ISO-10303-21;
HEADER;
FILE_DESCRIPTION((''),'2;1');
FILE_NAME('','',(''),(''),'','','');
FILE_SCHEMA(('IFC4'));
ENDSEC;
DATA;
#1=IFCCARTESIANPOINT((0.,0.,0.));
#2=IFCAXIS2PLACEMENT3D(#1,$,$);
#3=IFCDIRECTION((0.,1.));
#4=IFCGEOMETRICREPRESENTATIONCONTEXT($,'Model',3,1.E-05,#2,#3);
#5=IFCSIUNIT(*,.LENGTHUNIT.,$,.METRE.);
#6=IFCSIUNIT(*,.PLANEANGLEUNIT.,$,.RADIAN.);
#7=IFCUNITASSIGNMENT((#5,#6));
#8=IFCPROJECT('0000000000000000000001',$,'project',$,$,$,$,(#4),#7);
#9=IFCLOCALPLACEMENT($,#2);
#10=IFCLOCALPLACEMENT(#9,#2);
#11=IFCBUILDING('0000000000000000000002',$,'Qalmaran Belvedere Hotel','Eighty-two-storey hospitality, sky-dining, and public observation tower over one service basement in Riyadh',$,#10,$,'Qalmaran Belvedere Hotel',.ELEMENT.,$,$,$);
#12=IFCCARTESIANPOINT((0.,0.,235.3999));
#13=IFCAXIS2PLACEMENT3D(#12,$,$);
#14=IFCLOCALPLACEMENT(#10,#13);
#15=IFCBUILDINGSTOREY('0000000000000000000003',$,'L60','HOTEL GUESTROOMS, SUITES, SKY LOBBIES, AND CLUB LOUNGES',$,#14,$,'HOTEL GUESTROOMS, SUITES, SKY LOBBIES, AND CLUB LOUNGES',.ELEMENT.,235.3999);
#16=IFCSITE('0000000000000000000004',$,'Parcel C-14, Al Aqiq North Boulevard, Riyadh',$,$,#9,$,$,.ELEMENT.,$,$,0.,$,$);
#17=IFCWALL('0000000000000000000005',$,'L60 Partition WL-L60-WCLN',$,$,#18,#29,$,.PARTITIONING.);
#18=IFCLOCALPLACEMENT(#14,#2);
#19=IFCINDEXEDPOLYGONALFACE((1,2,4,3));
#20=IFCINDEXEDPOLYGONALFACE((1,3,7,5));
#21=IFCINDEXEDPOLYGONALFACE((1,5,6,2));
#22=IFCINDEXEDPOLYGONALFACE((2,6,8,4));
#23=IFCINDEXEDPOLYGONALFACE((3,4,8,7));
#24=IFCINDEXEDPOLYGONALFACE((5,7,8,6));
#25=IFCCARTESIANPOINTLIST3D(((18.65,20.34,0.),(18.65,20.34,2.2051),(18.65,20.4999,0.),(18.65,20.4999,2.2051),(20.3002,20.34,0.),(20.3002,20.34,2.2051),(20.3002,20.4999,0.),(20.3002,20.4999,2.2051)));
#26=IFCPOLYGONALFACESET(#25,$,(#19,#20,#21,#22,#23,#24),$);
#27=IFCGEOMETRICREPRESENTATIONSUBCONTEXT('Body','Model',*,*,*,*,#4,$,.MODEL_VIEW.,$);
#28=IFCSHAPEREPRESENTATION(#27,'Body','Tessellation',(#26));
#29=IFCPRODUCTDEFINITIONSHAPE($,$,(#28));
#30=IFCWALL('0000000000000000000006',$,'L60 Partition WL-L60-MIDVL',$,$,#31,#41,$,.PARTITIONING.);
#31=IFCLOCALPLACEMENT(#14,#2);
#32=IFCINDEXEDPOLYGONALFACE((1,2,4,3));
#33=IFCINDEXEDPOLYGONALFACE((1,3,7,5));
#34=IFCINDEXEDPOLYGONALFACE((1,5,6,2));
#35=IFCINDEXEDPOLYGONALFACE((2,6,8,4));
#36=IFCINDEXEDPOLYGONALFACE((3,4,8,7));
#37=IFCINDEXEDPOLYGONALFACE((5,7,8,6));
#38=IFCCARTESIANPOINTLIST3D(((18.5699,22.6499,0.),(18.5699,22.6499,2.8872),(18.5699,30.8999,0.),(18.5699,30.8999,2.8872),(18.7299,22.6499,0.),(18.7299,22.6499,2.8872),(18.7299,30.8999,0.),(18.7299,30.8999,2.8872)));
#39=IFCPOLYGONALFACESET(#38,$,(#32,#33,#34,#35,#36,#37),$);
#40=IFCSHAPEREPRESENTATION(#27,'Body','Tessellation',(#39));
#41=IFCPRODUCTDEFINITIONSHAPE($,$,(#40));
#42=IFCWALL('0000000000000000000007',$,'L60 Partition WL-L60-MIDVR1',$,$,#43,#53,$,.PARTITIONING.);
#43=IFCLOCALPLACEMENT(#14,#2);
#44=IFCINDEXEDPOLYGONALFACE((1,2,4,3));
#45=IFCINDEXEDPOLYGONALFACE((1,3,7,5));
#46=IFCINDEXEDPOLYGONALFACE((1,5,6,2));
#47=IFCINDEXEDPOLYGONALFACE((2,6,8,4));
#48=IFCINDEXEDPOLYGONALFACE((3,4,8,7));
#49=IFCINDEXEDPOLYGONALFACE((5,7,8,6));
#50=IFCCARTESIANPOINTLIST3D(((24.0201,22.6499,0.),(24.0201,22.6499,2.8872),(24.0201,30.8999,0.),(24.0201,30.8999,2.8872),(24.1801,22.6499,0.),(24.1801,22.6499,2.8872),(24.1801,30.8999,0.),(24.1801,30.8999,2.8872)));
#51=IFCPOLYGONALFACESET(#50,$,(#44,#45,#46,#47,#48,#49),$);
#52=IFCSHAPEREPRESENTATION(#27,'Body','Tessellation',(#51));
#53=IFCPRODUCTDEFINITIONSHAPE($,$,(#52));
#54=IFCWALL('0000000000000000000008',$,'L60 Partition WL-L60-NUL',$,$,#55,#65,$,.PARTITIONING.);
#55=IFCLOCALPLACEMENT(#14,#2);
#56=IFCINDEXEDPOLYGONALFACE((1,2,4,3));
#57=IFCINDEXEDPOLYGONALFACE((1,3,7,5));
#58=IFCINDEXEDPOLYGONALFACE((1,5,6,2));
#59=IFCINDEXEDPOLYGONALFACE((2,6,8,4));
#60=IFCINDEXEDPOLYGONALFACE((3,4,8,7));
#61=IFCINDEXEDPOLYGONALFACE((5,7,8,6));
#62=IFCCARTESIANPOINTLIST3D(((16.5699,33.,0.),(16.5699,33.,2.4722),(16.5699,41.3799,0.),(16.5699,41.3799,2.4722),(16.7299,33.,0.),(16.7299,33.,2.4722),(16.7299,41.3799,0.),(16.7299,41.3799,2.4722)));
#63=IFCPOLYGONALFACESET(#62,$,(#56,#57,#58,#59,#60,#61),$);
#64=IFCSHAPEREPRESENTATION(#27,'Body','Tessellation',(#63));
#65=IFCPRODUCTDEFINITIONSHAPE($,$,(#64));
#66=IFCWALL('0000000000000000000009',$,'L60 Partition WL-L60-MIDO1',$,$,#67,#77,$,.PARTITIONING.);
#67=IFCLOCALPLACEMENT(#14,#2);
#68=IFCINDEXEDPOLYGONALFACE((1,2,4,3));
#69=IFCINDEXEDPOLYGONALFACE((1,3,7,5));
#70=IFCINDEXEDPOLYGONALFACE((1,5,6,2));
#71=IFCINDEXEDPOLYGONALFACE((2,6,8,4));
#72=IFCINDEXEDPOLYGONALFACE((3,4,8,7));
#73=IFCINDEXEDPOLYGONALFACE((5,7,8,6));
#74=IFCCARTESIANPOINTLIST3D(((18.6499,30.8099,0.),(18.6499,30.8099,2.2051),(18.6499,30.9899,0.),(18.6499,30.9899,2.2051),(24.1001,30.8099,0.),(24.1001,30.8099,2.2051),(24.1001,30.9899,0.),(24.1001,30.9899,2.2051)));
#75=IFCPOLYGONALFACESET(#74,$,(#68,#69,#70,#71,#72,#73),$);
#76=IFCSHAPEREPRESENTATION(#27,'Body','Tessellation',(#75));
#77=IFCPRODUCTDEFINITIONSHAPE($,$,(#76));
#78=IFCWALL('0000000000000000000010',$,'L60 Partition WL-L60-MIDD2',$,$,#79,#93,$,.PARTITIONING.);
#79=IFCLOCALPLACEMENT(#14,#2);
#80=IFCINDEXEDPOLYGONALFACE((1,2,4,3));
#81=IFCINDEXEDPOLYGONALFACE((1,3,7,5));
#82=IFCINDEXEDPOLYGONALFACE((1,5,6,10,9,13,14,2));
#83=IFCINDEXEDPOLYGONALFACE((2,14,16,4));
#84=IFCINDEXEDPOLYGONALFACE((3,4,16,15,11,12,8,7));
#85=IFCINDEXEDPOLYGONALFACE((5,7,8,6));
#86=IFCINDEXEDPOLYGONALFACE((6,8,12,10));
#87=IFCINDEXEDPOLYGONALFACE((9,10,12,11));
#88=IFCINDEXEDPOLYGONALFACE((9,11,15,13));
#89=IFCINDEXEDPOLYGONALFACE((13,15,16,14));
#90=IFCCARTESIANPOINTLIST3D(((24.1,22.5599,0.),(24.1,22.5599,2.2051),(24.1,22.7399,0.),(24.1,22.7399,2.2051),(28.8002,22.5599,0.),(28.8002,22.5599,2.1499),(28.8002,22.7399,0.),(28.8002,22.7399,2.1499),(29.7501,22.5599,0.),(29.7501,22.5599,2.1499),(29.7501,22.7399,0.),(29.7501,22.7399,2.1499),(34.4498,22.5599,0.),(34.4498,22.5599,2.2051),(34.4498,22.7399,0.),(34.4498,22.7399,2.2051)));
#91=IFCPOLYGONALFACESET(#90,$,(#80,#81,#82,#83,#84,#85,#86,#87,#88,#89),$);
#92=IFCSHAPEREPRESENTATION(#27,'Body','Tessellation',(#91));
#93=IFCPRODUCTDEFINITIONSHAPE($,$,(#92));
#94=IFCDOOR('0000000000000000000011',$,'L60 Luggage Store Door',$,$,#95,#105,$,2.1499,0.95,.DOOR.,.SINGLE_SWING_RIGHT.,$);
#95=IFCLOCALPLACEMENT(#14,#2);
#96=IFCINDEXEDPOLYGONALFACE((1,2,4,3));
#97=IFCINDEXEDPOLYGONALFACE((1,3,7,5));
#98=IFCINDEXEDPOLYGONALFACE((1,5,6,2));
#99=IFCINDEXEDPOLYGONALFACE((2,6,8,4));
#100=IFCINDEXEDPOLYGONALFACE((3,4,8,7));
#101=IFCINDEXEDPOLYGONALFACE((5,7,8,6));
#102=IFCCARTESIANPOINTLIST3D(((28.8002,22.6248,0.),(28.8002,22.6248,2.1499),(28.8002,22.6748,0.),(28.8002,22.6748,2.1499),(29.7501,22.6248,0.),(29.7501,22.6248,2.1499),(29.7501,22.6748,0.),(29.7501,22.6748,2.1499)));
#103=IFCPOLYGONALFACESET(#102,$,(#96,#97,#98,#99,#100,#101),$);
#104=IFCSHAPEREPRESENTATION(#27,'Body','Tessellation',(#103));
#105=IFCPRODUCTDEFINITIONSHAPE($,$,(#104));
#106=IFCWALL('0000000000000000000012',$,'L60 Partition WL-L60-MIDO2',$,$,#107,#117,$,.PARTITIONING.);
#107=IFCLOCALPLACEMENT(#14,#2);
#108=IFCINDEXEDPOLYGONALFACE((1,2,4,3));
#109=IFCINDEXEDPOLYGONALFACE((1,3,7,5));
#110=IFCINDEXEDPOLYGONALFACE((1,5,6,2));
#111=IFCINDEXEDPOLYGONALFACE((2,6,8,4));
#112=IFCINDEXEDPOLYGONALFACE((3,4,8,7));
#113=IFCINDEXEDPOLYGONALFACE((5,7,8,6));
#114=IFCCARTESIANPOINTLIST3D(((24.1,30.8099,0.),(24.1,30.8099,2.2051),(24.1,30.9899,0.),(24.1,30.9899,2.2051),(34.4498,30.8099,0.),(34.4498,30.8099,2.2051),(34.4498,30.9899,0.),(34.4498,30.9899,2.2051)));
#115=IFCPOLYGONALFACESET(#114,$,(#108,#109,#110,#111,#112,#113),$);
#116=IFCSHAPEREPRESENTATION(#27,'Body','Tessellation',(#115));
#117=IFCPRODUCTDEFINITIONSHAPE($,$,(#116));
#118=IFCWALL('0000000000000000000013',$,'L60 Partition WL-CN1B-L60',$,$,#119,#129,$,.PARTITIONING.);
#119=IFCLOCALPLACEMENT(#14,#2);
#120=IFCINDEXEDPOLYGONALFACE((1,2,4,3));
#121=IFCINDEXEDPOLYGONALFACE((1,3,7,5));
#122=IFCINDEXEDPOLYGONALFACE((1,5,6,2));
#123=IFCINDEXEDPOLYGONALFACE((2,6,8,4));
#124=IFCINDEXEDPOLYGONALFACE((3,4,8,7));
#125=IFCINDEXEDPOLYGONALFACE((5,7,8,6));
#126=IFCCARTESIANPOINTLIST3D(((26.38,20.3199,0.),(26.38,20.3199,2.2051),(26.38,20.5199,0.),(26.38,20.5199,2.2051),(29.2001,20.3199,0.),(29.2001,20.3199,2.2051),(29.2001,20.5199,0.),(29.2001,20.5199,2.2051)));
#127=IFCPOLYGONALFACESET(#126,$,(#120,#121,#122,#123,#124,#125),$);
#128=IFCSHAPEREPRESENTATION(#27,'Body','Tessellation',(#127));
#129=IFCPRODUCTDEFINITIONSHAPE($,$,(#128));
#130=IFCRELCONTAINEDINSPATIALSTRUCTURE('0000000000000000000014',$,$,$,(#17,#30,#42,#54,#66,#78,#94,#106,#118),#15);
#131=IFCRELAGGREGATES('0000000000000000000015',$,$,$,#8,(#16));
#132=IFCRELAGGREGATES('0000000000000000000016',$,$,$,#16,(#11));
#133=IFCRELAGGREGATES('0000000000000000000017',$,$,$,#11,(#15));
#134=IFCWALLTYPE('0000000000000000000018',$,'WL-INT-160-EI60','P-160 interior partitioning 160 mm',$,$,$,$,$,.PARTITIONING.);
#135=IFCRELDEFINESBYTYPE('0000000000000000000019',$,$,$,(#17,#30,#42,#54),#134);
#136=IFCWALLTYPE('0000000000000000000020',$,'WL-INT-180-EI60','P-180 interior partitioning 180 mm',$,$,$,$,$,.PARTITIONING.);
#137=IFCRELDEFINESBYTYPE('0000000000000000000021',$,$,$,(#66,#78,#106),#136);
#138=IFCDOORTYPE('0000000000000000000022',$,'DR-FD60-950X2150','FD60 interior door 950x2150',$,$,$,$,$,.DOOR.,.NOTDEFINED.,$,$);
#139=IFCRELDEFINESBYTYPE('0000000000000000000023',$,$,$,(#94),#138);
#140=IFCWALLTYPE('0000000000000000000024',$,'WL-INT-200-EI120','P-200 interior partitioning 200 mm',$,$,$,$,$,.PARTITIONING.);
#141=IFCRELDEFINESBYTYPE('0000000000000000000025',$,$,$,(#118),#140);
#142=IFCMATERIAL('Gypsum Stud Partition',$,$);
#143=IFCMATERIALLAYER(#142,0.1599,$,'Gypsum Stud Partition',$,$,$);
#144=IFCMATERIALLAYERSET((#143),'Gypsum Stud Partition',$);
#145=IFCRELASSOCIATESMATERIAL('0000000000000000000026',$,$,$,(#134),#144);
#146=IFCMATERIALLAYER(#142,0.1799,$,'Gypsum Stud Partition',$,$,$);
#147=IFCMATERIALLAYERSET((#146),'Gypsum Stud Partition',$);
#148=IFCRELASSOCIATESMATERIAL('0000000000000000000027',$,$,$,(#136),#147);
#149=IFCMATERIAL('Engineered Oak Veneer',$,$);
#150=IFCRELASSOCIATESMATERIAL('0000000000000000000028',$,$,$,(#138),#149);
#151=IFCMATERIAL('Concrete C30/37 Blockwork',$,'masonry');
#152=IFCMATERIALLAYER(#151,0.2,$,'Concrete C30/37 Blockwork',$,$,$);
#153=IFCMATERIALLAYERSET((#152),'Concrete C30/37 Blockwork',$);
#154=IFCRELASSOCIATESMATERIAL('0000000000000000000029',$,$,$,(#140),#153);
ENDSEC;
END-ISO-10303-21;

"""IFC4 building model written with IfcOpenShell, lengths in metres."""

from ifc_helpers import new_model, si_unit, direction, frame, frame_2d, origin, place, context, subcontext, project, spatial, rectangle, extrude, material, layer, layer_set, type_object, element, fill, save


model = new_model("IFC4")

# Units and contexts
model_context = context("Model", 3, precision=1e-05, world=origin(), true_north=direction((0.0, 1.0)))
body_context = subcontext(model_context, "Body", "Model", "MODEL_VIEW")
ifc_project = project(units=[si_unit("LENGTHUNIT", "METRE"), si_unit("PLANEANGLEUNIT", "RADIAN")], contexts=[model_context])

# Site, building, storey
site_placement = place(None, origin())
site = spatial("IfcSite", under=ifc_project, at=site_placement, Name="Parcel C-14, Al Aqiq North Boulevard, Riyadh", CompositionType="ELEMENT", RefElevation=0.0)
building_placement = place(site_placement, origin())
building = spatial("IfcBuilding", under=site, at=building_placement, Name="Qalmaran Belvedere Hotel", Description="Eighty-two-storey hospitality, sky-dining, and public observation tower over one service basement in Riyadh", LongName="Qalmaran Belvedere Hotel", CompositionType="ELEMENT")
storey_placement = place(building_placement, frame((0.0, 0.0, 235.3999)))
storey = spatial("IfcBuildingStorey", under=building, at=storey_placement, Name="L60", Description="HOTEL GUESTROOMS, SUITES, SKY LOBBIES, AND CLUB LOUNGES", LongName="HOTEL GUESTROOMS, SUITES, SKY LOBBIES, AND CLUB LOUNGES", CompositionType="ELEMENT", Elevation=235.3999)

# Shared definitions
ifc_material_1 = material(Name="Gypsum Stud Partition")

# Walls
ifc_layer_1 = layer(ifc_material_1, 0.1599, Name="Gypsum Stud Partition")
ifc_layer_set_1 = layer_set([ifc_layer_1], Name="Gypsum Stud Partition")
wall_type_1 = type_object("IfcWallType", Name="WL-INT-160-EI60", Description="P-160 interior partitioning 160 mm", PredefinedType="PARTITIONING", material=ifc_layer_set_1)
wall_1_placement = place(storey_placement, frame((18.6499, 20.4199, 0.0), z_axis=(0.0, 0.0, 1.0), x_axis=(1.0, 0.0, 0.0)))
element("IfcWall", 1, at=wall_1_placement, inside=storey, type_object=wall_type_1, Name="L60 Partition WL-L60-WCLN", PredefinedType="PARTITIONING", context=body_context, shape_type="SweptSolid", body=[
    extrude(rectangle(XDim=1.6501, YDim=0.1599, at=frame_2d((0.8252, 0.0))), origin(), (0.0, 0.0, 1.0), 2.2051),
])
for number, where, z_axis, x_axis, name in (
    (2, (18.6499, 22.6499, 0.0), (0.0, 0.0, 1.0), (0.0, 1.0, 0.0), "L60 Partition WL-L60-MIDVL"),
    (3, (24.1001, 22.6499, 0.0), (0.0, 0.0, 1.0), (0.0, 1.0, 0.0), "L60 Partition WL-L60-MIDVR1"),
):
    element("IfcWall", number, at=place(storey_placement, frame(where, z_axis=z_axis, x_axis=x_axis)), inside=storey, type_object=wall_type_1, Name=name, PredefinedType="PARTITIONING", context=body_context, shape_type="SweptSolid", body=[
        extrude(rectangle(XDim=8.25, YDim=0.1599, at=frame_2d((4.125, 0.0))), origin(), (0.0, 0.0, 1.0), 2.8872),
    ])
wall_2_placement = place(storey_placement, frame((16.6499, 33.0, 0.0), z_axis=(0.0, 0.0, 1.0), x_axis=(0.0, 1.0, 0.0)))
element("IfcWall", 4, at=wall_2_placement, inside=storey, type_object=wall_type_1, Name="L60 Partition WL-L60-NUL", PredefinedType="PARTITIONING", context=body_context, shape_type="SweptSolid", body=[
    extrude(rectangle(XDim=8.3799, YDim=0.1599, at=frame_2d((4.1899, 0.0))), origin(), (0.0, 0.0, 1.0), 2.4722),
])

# Shared definitions
ifc_layer_2 = layer(ifc_material_1, 0.1799, Name="Gypsum Stud Partition")
ifc_layer_set_2 = layer_set([ifc_layer_2], Name="Gypsum Stud Partition")
wall_type_2 = type_object("IfcWallType", Name="WL-INT-180-EI60", Description="P-180 interior partitioning 180 mm", PredefinedType="PARTITIONING", material=ifc_layer_set_2)
ifc_material_2 = material(Name="Engineered Oak Veneer")
door_type_1 = type_object("IfcDoorType", Name="DR-FD60-950X2150", Description="FD60 interior door 950x2150", OperationType="NOTDEFINED", PredefinedType="DOOR", material=ifc_material_2)

# Wall
wall_3_placement = place(storey_placement, frame((18.6499, 30.8999, 0.0), z_axis=(0.0, 0.0, 1.0), x_axis=(1.0, 0.0, 0.0)))
element("IfcWall", 5, at=wall_3_placement, inside=storey, type_object=wall_type_2, Name="L60 Partition WL-L60-MIDO1", PredefinedType="PARTITIONING", context=body_context, shape_type="SweptSolid", body=[
    extrude(rectangle(XDim=5.4502, YDim=0.1799, at=frame_2d((2.7251, 0.0))), origin(), (0.0, 0.0, 1.0), 2.2051),
])

# Wall, opening, door
wall_4_placement = place(storey_placement, frame((24.1001, 22.6499, 0.0), z_axis=(0.0, 0.0, 1.0), x_axis=(1.0, 0.0, 0.0)))
wall_4 = element("IfcWall", 6, at=wall_4_placement, inside=storey, type_object=wall_type_2, Name="L60 Partition WL-L60-MIDD2", PredefinedType="PARTITIONING", context=body_context, shape_type="SweptSolid", body=[
    extrude(rectangle(XDim=10.3499, YDim=0.1799, at=frame_2d((5.1748, 0.0))), origin(), (0.0, 0.0, 1.0), 2.2051),
])
opening_1_placement = place(wall_4_placement, frame((4.7, 0.0, 0.0)))
opening_1 = element("IfcOpeningElement", 7, at=opening_1_placement, cuts=wall_4, PredefinedType="OPENING", context=body_context, shape_type="SweptSolid", body=[
    extrude(rectangle(XDim=0.95, YDim=2.1499, at=frame_2d((0.4751, 1.075))), frame((0.0, 0.1001, 0.0), z_axis=(0.0, -1.0, 0.0), x_axis=(1.0, 0.0, 0.0)), (0.0, 0.0, 1.0), 0.2),
])
door_1_placement = place(opening_1_placement, origin())
door_1 = element("IfcDoor", 8, at=door_1_placement, inside=storey, type_object=door_type_1, Name="L60 Luggage Store Door", OperationType="SINGLE_SWING_RIGHT", OverallHeight=2.1499, OverallWidth=0.95, PredefinedType="DOOR", context=body_context, shape_type="SweptSolid", body=[
    extrude(rectangle(XDim=0.95, YDim=2.1499, at=frame_2d((0.4751, 1.075))), frame((0.0, 0.0249, 0.0), z_axis=(0.0, -1.0, 0.0), x_axis=(1.0, 0.0, 0.0)), (0.0, 0.0, 1.0), 0.05),
])
fill(opening_1, door_1)

# Wall
wall_5_placement = place(storey_placement, frame((24.1001, 30.8999, 0.0), z_axis=(0.0, 0.0, 1.0), x_axis=(1.0, 0.0, 0.0)))
element("IfcWall", 9, at=wall_5_placement, inside=storey, type_object=wall_type_2, Name="L60 Partition WL-L60-MIDO2", PredefinedType="PARTITIONING", context=body_context, shape_type="SweptSolid", body=[
    extrude(rectangle(XDim=10.3499, YDim=0.1799, at=frame_2d((5.1748, 0.0))), origin(), (0.0, 0.0, 1.0), 2.2051),
])

# Shared definitions
ifc_material_3 = material(Name="Concrete C30/37 Blockwork", Category="masonry")
ifc_layer_3 = layer(ifc_material_3, 0.2, Name="Concrete C30/37 Blockwork")
ifc_layer_set_3 = layer_set([ifc_layer_3], Name="Concrete C30/37 Blockwork")
wall_type_3 = type_object("IfcWallType", Name="WL-INT-200-EI120", Description="P-200 interior partitioning 200 mm", PredefinedType="PARTITIONING", material=ifc_layer_set_3)

# Wall
wall_6_placement = place(storey_placement, frame((26.3799, 20.4199, 0.0), z_axis=(0.0, 0.0, 1.0), x_axis=(1.0, 0.0, 0.0)))
element("IfcWall", 10, at=wall_6_placement, inside=storey, type_object=wall_type_3, Name="L60 Partition WL-CN1B-L60", PredefinedType="PARTITIONING", context=body_context, shape_type="SweptSolid", body=[
    extrude(rectangle(XDim=2.8201, YDim=0.2, at=frame_2d((1.4102, 0.0))), origin(), (0.0, 0.0, 1.0), 2.2051),
])

save(model, "model.ifc")
